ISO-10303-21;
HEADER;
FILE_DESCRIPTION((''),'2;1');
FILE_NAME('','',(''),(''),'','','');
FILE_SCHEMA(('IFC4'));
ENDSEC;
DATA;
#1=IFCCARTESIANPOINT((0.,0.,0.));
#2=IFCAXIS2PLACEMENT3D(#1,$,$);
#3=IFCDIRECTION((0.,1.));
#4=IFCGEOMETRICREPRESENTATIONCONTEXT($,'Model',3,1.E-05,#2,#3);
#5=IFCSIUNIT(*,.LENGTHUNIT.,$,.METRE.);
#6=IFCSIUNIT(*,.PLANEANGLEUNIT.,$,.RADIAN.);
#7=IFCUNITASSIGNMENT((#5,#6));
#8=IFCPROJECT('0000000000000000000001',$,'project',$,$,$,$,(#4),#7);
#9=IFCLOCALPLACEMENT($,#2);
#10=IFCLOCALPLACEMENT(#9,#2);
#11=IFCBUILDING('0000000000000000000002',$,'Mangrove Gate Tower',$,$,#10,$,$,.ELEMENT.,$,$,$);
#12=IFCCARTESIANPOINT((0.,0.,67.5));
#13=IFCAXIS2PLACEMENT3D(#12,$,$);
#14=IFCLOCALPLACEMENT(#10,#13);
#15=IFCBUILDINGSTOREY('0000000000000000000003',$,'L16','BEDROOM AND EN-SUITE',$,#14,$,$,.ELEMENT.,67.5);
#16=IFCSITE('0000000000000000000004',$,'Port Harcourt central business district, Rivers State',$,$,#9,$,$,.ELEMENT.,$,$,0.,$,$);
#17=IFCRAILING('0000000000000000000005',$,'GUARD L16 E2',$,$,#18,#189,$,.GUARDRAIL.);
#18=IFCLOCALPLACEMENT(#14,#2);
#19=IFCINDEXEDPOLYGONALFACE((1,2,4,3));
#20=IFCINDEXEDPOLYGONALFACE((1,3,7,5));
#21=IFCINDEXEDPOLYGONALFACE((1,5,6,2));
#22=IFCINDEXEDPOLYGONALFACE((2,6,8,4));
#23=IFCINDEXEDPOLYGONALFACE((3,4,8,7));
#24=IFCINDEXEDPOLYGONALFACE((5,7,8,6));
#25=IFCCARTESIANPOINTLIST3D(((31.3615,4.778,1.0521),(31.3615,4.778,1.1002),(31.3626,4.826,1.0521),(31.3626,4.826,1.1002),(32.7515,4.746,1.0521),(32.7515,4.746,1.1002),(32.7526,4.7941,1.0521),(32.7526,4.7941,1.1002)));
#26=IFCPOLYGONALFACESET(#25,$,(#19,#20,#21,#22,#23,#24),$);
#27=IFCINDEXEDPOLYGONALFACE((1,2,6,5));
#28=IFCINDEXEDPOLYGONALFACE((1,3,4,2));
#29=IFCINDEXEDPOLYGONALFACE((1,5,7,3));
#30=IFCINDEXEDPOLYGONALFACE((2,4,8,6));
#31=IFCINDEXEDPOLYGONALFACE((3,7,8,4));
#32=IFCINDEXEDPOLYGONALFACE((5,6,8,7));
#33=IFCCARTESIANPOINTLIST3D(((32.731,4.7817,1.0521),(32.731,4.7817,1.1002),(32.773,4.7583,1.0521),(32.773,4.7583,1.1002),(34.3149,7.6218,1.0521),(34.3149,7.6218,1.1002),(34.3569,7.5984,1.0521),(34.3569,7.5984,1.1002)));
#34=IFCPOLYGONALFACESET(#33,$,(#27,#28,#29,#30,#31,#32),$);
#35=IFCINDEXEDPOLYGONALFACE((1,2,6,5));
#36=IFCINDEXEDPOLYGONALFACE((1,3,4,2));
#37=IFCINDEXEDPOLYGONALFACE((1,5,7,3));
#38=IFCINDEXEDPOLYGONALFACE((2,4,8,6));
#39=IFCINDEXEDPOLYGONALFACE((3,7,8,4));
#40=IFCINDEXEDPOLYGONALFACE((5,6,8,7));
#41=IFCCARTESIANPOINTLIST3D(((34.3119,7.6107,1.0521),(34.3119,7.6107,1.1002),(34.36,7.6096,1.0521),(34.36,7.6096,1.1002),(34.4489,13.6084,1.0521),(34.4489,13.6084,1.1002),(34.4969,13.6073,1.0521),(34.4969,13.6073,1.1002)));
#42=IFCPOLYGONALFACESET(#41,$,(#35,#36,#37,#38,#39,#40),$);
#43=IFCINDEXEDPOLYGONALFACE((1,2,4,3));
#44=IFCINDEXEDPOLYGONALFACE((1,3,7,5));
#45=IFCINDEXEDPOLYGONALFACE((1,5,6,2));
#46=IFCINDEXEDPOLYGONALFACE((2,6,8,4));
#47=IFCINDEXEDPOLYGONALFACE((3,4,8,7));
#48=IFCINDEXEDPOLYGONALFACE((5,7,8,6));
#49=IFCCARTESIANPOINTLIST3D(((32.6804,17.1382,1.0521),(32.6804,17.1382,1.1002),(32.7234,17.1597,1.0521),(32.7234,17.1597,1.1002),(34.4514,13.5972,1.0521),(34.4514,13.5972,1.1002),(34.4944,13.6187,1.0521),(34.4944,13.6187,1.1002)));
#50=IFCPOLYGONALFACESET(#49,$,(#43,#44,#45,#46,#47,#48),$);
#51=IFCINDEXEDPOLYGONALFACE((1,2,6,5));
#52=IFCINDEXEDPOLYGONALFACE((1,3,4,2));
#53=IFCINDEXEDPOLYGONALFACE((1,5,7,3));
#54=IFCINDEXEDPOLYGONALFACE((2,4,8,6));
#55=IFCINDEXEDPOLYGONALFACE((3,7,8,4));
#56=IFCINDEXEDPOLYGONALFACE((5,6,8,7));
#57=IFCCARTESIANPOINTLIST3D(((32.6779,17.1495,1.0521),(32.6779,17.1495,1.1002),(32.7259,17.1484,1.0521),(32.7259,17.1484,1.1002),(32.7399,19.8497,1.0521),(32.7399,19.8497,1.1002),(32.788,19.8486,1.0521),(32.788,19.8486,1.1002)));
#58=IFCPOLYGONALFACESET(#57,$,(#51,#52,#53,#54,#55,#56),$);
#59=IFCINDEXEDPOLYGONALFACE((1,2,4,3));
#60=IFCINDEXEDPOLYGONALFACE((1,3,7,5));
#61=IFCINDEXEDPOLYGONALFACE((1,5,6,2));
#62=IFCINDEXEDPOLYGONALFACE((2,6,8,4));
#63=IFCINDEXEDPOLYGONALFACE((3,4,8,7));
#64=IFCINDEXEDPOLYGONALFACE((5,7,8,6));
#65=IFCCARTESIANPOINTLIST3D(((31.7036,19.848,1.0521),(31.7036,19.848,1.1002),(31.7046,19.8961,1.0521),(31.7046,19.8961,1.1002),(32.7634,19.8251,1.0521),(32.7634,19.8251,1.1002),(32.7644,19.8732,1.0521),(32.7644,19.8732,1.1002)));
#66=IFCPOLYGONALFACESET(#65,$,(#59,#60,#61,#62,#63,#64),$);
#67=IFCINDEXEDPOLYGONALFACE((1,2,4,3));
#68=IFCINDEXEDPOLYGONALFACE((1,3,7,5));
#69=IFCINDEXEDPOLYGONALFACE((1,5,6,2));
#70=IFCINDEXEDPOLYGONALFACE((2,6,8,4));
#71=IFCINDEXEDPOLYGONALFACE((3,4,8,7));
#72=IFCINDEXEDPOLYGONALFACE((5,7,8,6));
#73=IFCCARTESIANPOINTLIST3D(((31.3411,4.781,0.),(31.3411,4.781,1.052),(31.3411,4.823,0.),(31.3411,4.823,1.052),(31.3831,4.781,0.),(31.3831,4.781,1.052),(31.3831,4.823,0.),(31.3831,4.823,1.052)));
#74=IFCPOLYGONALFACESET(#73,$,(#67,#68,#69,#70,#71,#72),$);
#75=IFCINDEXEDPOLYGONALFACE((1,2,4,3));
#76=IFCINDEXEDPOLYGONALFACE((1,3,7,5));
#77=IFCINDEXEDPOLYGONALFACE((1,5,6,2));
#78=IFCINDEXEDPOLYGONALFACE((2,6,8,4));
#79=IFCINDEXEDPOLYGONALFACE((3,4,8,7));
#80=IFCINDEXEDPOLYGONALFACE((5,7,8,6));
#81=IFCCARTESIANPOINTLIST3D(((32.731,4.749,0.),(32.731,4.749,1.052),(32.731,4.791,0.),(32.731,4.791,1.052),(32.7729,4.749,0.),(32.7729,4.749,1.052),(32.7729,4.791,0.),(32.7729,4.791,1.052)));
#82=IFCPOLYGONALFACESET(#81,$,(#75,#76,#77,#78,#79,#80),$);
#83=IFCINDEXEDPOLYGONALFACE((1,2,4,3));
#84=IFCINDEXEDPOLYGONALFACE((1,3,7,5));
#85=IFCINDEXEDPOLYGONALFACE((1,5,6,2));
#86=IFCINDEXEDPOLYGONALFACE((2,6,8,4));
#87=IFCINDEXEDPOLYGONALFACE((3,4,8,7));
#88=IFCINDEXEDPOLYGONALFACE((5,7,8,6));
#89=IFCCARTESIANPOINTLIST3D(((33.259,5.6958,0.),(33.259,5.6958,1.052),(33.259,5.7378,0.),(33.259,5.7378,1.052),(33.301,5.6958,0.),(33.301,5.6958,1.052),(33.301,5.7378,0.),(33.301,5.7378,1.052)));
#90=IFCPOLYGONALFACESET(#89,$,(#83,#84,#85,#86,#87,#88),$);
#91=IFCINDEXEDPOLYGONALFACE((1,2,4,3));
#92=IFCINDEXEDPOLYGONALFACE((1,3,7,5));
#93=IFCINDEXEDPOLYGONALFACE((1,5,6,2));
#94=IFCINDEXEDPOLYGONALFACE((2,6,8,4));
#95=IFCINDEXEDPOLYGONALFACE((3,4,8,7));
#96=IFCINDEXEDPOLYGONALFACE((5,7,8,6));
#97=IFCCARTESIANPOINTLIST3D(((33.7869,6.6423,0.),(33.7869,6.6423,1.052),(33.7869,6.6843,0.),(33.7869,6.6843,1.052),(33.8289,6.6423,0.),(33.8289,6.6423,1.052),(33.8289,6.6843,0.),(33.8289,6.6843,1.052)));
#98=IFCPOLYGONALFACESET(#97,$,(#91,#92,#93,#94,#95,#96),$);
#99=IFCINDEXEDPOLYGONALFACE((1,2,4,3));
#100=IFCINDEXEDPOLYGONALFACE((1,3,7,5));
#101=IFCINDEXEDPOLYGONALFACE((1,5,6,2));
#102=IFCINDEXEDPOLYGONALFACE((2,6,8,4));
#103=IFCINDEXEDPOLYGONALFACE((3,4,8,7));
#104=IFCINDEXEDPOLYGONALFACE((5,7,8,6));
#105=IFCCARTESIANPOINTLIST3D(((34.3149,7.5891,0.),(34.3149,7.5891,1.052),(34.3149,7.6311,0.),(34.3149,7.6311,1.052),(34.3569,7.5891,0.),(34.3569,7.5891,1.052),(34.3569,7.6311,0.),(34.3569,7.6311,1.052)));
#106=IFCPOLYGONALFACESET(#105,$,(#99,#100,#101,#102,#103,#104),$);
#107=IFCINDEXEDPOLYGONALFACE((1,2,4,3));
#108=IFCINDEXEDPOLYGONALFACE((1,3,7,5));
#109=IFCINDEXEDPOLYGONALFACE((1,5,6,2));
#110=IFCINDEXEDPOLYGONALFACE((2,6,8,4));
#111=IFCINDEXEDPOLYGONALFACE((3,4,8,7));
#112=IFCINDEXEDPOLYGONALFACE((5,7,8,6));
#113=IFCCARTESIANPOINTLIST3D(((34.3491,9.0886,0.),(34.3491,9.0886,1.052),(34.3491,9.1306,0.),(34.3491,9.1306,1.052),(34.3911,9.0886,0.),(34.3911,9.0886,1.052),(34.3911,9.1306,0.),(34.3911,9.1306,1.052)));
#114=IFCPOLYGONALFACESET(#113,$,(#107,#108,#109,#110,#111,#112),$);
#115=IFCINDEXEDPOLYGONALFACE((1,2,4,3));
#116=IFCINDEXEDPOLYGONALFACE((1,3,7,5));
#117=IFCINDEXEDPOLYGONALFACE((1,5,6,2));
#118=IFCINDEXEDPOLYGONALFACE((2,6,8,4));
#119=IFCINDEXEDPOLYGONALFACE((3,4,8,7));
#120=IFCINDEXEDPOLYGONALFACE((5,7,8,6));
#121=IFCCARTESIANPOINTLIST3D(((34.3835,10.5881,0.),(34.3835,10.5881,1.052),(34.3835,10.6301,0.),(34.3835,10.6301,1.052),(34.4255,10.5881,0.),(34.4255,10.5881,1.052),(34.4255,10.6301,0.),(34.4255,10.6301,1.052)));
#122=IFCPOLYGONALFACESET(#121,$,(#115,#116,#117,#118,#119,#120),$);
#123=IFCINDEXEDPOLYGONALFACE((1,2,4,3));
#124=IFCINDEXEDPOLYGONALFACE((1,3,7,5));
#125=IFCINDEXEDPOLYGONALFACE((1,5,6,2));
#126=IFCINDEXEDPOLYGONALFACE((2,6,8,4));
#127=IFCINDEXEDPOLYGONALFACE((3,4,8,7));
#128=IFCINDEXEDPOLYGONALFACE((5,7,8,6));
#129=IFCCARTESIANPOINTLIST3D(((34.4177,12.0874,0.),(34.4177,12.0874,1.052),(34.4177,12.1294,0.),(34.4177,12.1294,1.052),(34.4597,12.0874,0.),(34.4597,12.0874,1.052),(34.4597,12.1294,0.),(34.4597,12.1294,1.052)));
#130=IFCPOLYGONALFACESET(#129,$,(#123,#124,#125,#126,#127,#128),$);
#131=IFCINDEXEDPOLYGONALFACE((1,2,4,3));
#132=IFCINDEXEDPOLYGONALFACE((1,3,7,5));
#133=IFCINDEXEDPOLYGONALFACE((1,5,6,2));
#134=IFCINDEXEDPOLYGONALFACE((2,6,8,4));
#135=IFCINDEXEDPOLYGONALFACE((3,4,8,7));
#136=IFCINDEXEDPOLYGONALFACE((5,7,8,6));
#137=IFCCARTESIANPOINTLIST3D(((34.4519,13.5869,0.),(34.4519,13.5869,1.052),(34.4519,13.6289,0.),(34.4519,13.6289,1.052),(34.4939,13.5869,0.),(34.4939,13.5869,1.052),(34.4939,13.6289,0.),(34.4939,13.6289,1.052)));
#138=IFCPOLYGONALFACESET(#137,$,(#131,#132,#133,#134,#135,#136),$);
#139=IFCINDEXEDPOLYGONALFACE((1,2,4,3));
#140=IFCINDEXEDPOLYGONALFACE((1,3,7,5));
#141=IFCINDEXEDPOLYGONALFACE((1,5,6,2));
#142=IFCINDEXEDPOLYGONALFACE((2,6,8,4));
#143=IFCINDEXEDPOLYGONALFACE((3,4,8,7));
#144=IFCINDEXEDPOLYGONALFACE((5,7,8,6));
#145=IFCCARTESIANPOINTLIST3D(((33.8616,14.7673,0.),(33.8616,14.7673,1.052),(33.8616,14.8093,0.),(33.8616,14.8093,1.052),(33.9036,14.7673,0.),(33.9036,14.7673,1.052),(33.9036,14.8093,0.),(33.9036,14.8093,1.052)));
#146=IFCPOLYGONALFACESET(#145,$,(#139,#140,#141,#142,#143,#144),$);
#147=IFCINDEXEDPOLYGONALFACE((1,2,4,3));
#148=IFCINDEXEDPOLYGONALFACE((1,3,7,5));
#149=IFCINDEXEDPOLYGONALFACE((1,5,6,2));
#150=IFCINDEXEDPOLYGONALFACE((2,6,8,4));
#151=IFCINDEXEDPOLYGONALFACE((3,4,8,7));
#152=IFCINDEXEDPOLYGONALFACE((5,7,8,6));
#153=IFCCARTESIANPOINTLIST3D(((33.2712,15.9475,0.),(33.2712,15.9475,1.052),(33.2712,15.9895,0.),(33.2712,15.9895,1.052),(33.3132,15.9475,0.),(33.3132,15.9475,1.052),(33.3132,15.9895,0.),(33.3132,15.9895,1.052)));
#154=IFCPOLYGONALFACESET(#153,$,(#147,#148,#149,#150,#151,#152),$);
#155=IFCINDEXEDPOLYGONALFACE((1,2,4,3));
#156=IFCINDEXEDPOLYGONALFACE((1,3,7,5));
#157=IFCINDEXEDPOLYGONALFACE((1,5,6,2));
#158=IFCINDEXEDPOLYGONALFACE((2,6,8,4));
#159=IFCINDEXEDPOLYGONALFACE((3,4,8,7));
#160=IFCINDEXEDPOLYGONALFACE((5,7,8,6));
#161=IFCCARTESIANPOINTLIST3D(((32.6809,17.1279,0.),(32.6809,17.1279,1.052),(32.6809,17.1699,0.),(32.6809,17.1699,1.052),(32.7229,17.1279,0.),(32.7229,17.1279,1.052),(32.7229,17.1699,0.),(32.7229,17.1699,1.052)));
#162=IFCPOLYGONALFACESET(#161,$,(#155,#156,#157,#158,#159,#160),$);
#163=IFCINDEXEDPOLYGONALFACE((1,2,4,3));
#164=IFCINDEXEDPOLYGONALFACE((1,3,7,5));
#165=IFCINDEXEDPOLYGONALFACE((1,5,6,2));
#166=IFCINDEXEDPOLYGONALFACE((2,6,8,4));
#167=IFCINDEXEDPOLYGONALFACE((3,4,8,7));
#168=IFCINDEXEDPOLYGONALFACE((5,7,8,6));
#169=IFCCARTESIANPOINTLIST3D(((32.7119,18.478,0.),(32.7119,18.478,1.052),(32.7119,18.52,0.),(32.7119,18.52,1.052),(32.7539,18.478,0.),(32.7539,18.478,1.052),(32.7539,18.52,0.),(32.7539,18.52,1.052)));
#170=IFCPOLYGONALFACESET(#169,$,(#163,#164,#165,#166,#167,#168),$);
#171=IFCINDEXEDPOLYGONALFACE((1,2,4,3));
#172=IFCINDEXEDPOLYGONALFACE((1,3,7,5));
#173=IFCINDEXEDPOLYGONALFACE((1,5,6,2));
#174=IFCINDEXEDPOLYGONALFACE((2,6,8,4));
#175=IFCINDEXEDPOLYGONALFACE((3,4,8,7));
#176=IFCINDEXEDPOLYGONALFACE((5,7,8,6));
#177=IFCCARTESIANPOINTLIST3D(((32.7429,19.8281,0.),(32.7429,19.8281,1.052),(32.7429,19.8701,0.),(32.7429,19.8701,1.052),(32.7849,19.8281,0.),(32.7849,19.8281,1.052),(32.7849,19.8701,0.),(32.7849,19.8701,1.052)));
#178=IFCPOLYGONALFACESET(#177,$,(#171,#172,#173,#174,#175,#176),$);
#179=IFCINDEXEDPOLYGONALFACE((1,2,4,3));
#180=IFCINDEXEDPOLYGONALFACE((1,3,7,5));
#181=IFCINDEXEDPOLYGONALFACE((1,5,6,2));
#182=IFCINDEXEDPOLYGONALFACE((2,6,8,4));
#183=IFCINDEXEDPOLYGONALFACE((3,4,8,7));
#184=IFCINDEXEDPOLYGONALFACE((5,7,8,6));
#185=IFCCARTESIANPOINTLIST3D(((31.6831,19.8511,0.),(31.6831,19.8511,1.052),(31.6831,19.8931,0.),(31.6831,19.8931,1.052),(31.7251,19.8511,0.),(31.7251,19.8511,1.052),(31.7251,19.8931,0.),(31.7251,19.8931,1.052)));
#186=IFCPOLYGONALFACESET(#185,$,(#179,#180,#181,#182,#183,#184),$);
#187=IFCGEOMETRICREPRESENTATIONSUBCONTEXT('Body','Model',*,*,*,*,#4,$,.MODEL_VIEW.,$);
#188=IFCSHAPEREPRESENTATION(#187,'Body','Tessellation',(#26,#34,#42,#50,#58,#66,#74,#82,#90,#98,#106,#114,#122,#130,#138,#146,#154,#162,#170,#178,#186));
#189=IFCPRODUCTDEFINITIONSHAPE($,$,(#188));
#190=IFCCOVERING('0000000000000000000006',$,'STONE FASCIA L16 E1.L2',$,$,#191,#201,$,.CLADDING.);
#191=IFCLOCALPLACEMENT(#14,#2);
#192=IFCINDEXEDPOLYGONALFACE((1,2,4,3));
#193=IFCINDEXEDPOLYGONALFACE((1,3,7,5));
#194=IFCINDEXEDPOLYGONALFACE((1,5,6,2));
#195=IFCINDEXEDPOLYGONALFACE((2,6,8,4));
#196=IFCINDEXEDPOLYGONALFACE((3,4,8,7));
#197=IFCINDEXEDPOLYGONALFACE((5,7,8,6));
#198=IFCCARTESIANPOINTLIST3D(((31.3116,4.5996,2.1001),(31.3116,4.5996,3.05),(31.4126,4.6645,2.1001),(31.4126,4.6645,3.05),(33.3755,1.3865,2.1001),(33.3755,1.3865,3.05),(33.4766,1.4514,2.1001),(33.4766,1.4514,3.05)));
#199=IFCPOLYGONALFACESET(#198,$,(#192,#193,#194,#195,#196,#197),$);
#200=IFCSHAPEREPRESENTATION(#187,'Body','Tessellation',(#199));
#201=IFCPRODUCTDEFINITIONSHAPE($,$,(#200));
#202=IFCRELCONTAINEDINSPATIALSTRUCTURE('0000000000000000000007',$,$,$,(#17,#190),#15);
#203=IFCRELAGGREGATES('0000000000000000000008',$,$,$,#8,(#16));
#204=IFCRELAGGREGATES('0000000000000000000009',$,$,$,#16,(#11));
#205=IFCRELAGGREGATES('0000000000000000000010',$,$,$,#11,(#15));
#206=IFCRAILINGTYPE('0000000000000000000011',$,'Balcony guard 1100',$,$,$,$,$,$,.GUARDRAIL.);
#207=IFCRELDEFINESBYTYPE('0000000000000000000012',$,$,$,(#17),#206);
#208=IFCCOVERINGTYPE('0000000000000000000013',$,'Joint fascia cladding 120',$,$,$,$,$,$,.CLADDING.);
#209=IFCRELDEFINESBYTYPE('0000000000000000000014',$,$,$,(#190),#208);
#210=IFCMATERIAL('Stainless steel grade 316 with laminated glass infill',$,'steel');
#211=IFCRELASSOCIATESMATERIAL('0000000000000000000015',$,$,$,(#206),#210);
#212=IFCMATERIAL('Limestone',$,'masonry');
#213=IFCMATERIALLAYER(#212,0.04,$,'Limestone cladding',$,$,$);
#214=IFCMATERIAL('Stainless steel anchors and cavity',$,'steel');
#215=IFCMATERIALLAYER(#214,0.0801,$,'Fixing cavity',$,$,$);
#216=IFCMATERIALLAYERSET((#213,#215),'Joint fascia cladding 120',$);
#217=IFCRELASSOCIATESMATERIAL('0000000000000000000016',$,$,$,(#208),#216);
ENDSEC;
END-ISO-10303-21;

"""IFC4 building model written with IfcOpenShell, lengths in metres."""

from ifc_helpers import new_model, si_unit, direction, frame, frame_2d, origin, origin_2d, place, context, subcontext, project, spatial, rectangle, extrude, material, layer, layer_set, type_object, element, save


model = new_model("IFC4")

# Units and contexts
model_context = context("Model", 3, precision=1e-05, world=origin(), true_north=direction((0.0, 1.0)))
body_context = subcontext(model_context, "Body", "Model", "MODEL_VIEW")
ifc_project = project(units=[si_unit("LENGTHUNIT", "METRE"), si_unit("PLANEANGLEUNIT", "RADIAN")], contexts=[model_context])

# Site, building, storey
site_placement = place(None, origin())
site = spatial("IfcSite", under=ifc_project, at=site_placement, Name="Port Harcourt central business district, Rivers State", CompositionType="ELEMENT", RefElevation=0.0)
building_placement = place(site_placement, origin())
building = spatial("IfcBuilding", under=site, at=building_placement, Name="Mangrove Gate Tower", CompositionType="ELEMENT")
storey_placement = place(building_placement, frame((0.0, 0.0, 67.5)))
storey = spatial("IfcBuildingStorey", under=building, at=storey_placement, Name="L16", Description="BEDROOM AND EN-SUITE", CompositionType="ELEMENT", Elevation=67.5)

# Shared definitions
ifc_material_1 = material(Name="Limestone", Category="masonry")

# Railing
ifc_material_2 = material(Name="Stainless steel grade 316 with laminated glass infill", Category="steel")
railing_type = type_object("IfcRailingType", Name="Balcony guard 1100", PredefinedType="GUARDRAIL", material=ifc_material_2)
railing_placement = place(storey_placement, frame((31.3621, 4.802, 0.0)))
element("IfcRailing", 1, at=railing_placement, inside=storey, type_object=railing_type, Name="GUARD L16 E2", PredefinedType="GUARDRAIL", context=body_context, shape_type="SweptSolid", body=[
    extrude(rectangle(XDim=0.0481, YDim=0.0481, at=origin_2d()), frame((0.0, 0.0, 1.0762), z_axis=(0.999735, -0.023005, 0.0), x_axis=(0.023005, 0.999735, 0.0)), (0.0, 0.0, 1.0), 1.3904),
    extrude(rectangle(XDim=0.0481, YDim=0.0481, at=origin_2d()), frame((1.3899, -0.032, 1.0762), z_axis=(0.487089, 0.873352, 0.0), x_axis=(-0.873352, 0.487089, 0.0)), (0.0, 0.0, 1.0), 3.252),
    extrude(rectangle(XDim=0.0481, YDim=0.0481, at=origin_2d()), frame((2.9739, 2.8081, 1.0762), z_axis=(0.02283, 0.999739, 0.0), x_axis=(-0.999739, 0.02283, 0.0)), (0.0, 0.0, 1.0), 5.9993),
    extrude(rectangle(XDim=0.0481, YDim=0.0481, at=origin_2d()), frame((3.1108, 8.8059, 1.0762), z_axis=(-0.447312, 0.894378, 0.0), x_axis=(-0.894378, -0.447312, 0.0)), (0.0, 0.0, 1.0), 3.9592),
    extrude(rectangle(XDim=0.0481, YDim=0.0481, at=origin_2d()), frame((1.3398, 12.3469, 1.0762), z_axis=(0.02296, 0.999736, 0.0), x_axis=(-0.999736, 0.02296, 0.0)), (0.0, 0.0, 1.0), 2.7009),
    extrude(rectangle(XDim=0.0481, YDim=0.0481, at=origin_2d()), frame((1.4019, 15.0471, 1.0762), z_axis=(-0.999766, 0.021649, 0.0), x_axis=(-0.021649, -0.999766, 0.0)), (0.0, 0.0, 1.0), 1.0601),
    extrude(rectangle(XDim=0.042, YDim=0.042, at=origin_2d()), origin(), (0.0, 0.0, 1.0), 1.052),
    extrude(rectangle(XDim=0.042, YDim=0.042, at=origin_2d()), frame((1.3899, -0.032, 0.0)), (0.0, 0.0, 1.0), 1.052),
    extrude(rectangle(XDim=0.042, YDim=0.042, at=origin_2d()), frame((1.918, 0.9148, 0.0)), (0.0, 0.0, 1.0), 1.052),
    extrude(rectangle(XDim=0.042, YDim=0.042, at=origin_2d()), frame((2.4458, 1.8613, 0.0)), (0.0, 0.0, 1.0), 1.052),
    extrude(rectangle(XDim=0.042, YDim=0.042, at=origin_2d()), frame((2.9739, 2.8081, 0.0)), (0.0, 0.0, 1.0), 1.052),
    extrude(rectangle(XDim=0.042, YDim=0.042, at=origin_2d()), frame((3.0081, 4.3076, 0.0)), (0.0, 0.0, 1.0), 1.052),
    extrude(rectangle(XDim=0.042, YDim=0.042, at=origin_2d()), frame((3.0425, 5.8071, 0.0)), (0.0, 0.0, 1.0), 1.052),
    extrude(rectangle(XDim=0.042, YDim=0.042, at=origin_2d()), frame((3.0767, 7.3064, 0.0)), (0.0, 0.0, 1.0), 1.052),
    extrude(rectangle(XDim=0.042, YDim=0.042, at=origin_2d()), frame((3.1108, 8.8059, 0.0)), (0.0, 0.0, 1.0), 1.052),
    extrude(rectangle(XDim=0.042, YDim=0.042, at=origin_2d()), frame((2.5205, 9.9863, 0.0)), (0.0, 0.0, 1.0), 1.052),
    extrude(rectangle(XDim=0.042, YDim=0.042, at=origin_2d()), frame((1.9302, 11.1665, 0.0)), (0.0, 0.0, 1.0), 1.052),
    extrude(rectangle(XDim=0.042, YDim=0.042, at=origin_2d()), frame((1.3398, 12.3469, 0.0)), (0.0, 0.0, 1.0), 1.052),
    extrude(rectangle(XDim=0.042, YDim=0.042, at=origin_2d()), frame((1.3708, 13.697, 0.0)), (0.0, 0.0, 1.0), 1.052),
    extrude(rectangle(XDim=0.042, YDim=0.042, at=origin_2d()), frame((1.4019, 15.0471, 0.0)), (0.0, 0.0, 1.0), 1.052),
    extrude(rectangle(XDim=0.042, YDim=0.042, at=origin_2d()), frame((0.342, 15.0701, 0.0)), (0.0, 0.0, 1.0), 1.052),
])

# Covering
ifc_layer_1 = layer(ifc_material_1, 0.04, Name="Limestone cladding")
ifc_material_3 = material(Name="Stainless steel anchors and cavity", Category="steel")
ifc_layer_2 = layer(ifc_material_3, 0.0801, Name="Fixing cavity")
ifc_layer_set_1 = layer_set([ifc_layer_1, ifc_layer_2], Name="Joint fascia cladding 120")
covering_type = type_object("IfcCoveringType", Name="Joint fascia cladding 120", PredefinedType="CLADDING", material=ifc_layer_set_1)
covering_placement = place(storey_placement, frame((33.426, 1.4189, 2.1001), z_axis=(0.0, 0.0, 1.0), x_axis=(-0.540457, 0.841372, 0.0)))
element("IfcCovering", 2, at=covering_placement, inside=storey, type_object=covering_type, Name="STONE FASCIA L16 E1.L2", PredefinedType="CLADDING", context=body_context, shape_type="SweptSolid", body=[
    extrude(rectangle(XDim=3.8188, YDim=0.1201, at=frame_2d((1.9094, 0.0))), origin(), (0.0, 0.0, 1.0), 0.95),
])

save(model, "model.ifc")
